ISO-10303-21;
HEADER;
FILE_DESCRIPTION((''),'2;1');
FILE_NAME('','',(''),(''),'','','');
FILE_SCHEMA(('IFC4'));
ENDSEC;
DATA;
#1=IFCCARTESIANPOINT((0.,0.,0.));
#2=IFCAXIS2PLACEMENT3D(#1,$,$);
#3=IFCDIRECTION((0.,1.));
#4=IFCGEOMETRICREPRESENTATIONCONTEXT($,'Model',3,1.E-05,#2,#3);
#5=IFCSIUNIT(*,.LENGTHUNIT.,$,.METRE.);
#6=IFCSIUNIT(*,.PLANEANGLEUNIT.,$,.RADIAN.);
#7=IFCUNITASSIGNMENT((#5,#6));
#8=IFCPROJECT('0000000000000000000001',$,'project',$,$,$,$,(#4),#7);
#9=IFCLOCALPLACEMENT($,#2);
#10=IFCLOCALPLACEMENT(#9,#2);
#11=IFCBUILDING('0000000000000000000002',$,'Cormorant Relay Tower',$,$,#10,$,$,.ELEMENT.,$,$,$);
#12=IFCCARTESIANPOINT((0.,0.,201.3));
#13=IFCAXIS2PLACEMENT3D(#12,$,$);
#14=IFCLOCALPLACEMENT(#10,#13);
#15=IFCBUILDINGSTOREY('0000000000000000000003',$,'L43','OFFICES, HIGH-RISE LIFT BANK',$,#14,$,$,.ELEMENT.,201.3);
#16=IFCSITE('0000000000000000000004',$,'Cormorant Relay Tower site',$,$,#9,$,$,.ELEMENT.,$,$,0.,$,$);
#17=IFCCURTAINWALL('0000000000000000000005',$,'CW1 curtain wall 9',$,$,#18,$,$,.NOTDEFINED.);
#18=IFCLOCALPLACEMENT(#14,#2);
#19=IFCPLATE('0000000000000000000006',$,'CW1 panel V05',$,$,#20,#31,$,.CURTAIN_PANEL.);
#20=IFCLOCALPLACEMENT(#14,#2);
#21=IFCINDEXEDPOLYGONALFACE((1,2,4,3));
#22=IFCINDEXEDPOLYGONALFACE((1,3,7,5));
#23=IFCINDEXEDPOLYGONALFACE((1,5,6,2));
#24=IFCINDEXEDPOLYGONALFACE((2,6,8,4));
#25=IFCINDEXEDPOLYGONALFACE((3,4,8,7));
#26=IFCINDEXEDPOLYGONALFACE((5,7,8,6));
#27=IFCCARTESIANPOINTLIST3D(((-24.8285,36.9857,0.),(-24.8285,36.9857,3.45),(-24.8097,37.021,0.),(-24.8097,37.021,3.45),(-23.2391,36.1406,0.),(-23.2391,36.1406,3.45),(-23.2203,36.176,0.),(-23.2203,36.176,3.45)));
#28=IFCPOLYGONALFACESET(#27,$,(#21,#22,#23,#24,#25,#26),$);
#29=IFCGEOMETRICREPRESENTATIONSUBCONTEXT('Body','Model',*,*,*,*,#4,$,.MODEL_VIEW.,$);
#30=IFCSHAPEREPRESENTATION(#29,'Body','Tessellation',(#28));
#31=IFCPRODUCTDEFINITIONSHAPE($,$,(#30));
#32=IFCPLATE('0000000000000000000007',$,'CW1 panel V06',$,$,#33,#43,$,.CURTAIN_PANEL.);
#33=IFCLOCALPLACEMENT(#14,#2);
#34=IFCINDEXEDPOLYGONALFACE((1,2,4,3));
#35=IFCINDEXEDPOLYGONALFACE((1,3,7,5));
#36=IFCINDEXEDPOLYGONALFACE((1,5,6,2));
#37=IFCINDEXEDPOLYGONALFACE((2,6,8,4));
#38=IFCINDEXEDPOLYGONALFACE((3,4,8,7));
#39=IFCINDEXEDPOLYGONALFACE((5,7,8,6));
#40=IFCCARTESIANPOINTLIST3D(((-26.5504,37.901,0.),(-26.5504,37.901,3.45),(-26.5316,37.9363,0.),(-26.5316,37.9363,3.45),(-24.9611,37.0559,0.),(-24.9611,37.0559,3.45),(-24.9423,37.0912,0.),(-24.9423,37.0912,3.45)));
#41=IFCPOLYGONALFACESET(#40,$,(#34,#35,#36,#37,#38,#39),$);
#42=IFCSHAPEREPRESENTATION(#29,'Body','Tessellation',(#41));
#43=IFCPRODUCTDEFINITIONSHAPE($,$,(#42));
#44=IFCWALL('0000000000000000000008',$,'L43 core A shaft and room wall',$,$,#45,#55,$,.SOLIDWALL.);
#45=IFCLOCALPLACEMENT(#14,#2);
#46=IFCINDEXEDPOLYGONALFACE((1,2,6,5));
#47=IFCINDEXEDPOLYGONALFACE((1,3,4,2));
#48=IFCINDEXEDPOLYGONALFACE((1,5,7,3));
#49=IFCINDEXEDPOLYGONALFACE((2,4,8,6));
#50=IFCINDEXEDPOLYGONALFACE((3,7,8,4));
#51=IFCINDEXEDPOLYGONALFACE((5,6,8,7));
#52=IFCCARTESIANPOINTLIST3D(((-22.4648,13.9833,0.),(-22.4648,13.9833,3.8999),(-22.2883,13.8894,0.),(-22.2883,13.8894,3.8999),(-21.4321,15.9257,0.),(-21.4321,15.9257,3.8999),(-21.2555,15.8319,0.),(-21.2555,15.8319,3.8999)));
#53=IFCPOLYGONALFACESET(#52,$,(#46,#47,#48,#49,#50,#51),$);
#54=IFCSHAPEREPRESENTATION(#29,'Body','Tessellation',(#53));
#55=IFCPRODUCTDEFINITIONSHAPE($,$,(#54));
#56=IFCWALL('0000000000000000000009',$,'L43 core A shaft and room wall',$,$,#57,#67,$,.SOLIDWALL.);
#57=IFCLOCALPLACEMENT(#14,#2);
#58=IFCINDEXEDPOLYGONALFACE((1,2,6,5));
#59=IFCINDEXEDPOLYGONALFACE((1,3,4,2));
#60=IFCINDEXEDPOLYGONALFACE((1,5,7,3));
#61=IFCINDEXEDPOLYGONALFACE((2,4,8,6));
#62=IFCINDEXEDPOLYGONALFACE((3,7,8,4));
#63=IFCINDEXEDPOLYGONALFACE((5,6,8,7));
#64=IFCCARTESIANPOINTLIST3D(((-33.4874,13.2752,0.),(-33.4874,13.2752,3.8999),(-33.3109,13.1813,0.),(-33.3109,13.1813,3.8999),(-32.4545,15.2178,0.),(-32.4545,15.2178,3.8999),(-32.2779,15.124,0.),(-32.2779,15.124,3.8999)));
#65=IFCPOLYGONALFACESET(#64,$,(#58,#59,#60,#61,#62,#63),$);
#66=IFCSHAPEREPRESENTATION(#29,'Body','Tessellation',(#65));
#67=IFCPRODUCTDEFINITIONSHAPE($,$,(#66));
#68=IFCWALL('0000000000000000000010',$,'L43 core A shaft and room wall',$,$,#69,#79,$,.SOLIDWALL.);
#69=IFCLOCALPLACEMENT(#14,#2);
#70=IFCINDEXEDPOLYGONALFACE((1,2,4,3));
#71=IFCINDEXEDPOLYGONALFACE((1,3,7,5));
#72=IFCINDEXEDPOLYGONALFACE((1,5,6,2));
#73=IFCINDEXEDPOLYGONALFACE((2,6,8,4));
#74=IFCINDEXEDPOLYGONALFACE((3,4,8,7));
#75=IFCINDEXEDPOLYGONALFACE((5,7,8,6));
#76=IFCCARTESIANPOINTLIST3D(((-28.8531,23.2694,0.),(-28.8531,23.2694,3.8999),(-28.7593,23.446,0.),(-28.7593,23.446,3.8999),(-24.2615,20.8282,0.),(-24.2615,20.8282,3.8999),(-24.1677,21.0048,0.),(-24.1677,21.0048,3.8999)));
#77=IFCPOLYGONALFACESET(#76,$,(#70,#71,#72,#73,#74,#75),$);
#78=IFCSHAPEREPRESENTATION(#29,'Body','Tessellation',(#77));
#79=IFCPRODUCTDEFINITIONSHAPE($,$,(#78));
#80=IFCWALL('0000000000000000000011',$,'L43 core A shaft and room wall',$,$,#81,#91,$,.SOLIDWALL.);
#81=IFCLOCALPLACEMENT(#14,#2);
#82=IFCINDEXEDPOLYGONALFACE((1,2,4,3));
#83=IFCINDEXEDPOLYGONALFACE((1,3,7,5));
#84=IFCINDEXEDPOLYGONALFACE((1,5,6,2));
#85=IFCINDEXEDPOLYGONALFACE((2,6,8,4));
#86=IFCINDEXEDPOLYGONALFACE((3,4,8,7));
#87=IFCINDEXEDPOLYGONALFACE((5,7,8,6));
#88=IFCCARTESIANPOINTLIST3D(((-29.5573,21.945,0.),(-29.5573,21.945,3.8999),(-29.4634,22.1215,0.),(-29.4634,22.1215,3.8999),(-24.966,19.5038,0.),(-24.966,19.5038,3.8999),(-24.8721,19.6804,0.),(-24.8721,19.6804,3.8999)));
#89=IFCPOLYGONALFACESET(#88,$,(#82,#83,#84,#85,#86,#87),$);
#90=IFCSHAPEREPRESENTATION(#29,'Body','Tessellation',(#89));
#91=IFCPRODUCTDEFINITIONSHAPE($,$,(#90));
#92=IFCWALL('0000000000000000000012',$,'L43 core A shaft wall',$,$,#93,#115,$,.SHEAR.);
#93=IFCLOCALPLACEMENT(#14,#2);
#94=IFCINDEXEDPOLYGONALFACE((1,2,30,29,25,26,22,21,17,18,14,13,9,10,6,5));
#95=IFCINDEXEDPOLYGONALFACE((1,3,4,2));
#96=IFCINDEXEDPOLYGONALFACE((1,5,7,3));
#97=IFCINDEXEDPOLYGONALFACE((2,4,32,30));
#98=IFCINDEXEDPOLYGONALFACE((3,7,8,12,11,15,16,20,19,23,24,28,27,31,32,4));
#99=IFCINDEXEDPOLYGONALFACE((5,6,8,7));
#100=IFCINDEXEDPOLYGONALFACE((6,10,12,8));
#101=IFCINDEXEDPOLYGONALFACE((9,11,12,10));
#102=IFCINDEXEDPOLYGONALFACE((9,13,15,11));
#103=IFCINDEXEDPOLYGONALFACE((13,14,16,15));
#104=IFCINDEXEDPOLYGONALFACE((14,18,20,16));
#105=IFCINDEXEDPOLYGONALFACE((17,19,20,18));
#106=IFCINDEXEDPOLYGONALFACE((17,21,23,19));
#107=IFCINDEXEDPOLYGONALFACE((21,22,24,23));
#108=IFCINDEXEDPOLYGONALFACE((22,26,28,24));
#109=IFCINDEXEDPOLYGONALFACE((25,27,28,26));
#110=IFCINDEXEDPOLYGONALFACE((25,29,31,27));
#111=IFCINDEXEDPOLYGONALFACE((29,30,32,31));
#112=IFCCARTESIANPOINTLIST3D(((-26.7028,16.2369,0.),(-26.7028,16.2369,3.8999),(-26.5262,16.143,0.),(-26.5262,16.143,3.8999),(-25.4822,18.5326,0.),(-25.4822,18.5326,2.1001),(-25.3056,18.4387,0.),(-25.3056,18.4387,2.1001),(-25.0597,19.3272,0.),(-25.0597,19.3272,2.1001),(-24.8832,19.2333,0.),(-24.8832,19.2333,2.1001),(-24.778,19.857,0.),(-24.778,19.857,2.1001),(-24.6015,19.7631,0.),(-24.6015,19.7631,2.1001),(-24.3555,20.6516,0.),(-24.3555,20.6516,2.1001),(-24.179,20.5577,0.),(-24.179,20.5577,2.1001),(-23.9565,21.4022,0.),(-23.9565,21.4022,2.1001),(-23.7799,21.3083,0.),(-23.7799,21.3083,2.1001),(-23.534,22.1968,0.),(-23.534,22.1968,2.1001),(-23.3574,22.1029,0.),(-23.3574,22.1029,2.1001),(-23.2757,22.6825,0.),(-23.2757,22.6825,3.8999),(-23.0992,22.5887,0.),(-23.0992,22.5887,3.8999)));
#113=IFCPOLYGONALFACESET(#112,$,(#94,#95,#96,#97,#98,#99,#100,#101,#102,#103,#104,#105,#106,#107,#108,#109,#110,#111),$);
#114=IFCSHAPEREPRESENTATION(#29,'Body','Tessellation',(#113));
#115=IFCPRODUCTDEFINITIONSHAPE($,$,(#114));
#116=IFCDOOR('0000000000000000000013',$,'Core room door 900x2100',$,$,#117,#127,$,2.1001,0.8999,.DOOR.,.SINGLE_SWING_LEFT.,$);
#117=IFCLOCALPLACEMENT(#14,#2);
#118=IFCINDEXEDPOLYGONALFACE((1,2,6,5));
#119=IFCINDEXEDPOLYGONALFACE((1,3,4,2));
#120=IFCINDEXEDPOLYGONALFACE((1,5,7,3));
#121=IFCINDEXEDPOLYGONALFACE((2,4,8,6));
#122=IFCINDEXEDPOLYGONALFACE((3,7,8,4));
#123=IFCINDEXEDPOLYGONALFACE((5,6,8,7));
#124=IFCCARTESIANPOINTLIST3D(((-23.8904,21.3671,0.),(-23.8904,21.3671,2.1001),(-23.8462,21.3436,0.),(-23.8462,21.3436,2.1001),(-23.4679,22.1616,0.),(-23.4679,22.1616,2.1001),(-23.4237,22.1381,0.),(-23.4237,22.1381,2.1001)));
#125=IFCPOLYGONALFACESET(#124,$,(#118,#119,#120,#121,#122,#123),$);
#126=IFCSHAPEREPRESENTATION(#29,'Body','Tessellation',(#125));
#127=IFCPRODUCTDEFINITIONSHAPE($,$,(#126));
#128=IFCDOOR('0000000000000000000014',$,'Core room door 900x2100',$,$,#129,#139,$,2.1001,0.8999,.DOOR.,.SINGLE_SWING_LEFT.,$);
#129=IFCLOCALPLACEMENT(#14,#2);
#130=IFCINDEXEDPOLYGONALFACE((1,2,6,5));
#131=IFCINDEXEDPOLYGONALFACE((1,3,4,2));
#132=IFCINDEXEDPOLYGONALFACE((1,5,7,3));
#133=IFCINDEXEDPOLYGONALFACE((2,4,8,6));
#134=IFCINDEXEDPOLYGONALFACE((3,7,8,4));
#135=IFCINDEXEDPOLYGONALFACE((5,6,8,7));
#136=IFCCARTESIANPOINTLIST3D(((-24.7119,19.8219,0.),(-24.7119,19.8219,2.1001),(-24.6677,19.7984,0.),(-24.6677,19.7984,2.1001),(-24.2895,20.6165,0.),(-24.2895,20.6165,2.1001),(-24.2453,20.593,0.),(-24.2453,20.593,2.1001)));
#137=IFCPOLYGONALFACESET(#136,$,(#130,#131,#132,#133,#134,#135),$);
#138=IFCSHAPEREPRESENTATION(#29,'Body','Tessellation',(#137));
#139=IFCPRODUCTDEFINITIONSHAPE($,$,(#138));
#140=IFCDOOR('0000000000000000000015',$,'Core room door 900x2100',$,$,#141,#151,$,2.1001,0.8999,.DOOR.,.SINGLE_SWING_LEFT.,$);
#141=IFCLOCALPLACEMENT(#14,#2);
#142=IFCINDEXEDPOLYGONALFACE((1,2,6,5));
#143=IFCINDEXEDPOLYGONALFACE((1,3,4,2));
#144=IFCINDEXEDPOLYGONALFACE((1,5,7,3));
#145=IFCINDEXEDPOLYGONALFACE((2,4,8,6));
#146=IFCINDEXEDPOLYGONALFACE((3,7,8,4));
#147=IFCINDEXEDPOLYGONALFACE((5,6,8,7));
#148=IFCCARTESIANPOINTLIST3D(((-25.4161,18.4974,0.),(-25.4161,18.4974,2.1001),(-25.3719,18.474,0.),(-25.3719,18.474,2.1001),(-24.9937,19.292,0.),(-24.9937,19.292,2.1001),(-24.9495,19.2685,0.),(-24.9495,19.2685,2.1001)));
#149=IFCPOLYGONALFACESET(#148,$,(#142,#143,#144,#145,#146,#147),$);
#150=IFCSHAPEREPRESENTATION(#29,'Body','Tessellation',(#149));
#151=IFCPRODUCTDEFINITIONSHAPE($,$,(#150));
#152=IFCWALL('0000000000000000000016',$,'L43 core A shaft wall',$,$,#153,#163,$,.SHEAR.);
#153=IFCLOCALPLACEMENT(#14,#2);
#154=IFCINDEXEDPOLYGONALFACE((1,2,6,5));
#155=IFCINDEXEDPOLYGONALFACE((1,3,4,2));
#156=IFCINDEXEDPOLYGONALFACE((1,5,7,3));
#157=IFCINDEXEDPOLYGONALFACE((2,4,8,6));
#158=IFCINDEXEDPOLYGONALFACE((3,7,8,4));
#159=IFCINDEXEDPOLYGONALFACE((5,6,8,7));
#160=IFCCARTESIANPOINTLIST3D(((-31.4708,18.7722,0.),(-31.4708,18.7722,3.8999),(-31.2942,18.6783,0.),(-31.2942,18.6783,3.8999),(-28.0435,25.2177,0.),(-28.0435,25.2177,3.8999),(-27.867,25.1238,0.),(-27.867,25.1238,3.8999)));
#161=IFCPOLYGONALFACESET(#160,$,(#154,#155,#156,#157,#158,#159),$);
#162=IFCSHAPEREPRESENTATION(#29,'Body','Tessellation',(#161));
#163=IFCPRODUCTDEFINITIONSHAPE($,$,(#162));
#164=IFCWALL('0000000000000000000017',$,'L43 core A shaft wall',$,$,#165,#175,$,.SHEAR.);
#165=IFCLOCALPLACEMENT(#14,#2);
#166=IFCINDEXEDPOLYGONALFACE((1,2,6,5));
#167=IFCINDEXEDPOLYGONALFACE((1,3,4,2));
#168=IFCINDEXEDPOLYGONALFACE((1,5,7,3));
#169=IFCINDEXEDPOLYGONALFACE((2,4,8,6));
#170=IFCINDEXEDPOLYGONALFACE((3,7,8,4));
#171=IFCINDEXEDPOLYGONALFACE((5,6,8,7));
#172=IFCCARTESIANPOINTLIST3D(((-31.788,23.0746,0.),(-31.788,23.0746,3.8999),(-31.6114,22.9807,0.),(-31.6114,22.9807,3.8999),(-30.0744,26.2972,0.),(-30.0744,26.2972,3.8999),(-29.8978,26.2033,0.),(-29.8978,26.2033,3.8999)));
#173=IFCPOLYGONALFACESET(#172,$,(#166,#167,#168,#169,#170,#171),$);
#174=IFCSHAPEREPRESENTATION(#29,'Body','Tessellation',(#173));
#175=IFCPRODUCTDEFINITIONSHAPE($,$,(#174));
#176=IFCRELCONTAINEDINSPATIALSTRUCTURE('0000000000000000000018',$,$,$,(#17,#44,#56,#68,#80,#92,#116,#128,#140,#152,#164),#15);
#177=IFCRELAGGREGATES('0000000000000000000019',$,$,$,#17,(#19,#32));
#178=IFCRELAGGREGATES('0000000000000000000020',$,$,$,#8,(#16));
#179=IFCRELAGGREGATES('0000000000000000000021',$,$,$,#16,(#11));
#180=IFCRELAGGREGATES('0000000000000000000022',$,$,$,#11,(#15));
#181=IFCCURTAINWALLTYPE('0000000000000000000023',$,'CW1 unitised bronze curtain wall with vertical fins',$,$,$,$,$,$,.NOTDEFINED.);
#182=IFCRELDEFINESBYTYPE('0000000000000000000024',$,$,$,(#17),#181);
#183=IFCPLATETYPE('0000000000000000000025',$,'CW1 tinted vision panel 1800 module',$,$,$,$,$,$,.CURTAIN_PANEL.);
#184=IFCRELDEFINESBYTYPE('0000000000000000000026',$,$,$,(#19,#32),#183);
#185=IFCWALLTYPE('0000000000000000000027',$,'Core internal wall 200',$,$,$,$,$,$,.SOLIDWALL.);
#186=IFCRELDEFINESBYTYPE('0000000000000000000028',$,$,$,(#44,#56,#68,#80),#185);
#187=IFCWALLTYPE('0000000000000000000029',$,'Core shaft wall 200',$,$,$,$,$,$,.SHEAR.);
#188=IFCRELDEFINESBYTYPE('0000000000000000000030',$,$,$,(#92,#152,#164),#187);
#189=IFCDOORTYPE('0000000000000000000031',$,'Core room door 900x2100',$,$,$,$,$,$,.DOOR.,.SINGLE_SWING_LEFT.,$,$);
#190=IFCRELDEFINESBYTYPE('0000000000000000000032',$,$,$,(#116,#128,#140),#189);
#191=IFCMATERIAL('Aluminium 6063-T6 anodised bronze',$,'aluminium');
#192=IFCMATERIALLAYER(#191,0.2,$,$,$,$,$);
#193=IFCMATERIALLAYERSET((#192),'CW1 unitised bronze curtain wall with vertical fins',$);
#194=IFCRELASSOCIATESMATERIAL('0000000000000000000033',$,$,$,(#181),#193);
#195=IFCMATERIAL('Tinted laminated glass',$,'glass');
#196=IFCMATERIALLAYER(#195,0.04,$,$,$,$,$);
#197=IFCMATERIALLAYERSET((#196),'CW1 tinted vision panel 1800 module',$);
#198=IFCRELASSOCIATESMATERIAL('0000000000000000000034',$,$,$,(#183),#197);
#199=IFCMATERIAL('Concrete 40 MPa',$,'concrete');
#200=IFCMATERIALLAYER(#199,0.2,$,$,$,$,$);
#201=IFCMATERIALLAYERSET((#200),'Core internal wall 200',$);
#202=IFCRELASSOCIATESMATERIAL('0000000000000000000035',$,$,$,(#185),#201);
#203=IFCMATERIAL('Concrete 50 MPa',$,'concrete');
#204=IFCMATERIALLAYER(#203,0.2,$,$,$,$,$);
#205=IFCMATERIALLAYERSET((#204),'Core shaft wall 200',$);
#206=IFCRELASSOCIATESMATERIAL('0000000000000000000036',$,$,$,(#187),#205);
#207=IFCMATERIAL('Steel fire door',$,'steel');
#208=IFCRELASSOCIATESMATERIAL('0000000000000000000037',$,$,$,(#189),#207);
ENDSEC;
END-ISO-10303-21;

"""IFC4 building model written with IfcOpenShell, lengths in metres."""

from ifc_helpers import new_model, si_unit, direction, frame, frame_2d, origin, origin_2d, place, context, subcontext, project, spatial, rectangle, extrude, material, layer, layer_set, type_object, element, fill, aggregate, save


model = new_model("IFC4")

# Units and contexts
model_context = context("Model", 3, precision=1e-05, world=origin(), true_north=direction((0.0, 1.0)))
body_context = subcontext(model_context, "Body", "Model", "MODEL_VIEW")
ifc_project = project(units=[si_unit("LENGTHUNIT", "METRE"), si_unit("PLANEANGLEUNIT", "RADIAN")], contexts=[model_context])

# Site, building, storey
site_placement = place(None, origin())
site = spatial("IfcSite", under=ifc_project, at=site_placement, Name="Cormorant Relay Tower site", CompositionType="ELEMENT", RefElevation=0.0)
building_placement = place(site_placement, origin())
building = spatial("IfcBuilding", under=site, at=building_placement, Name="Cormorant Relay Tower", CompositionType="ELEMENT")
storey_placement = place(building_placement, frame((0.0, 0.0, 201.3)))
storey = spatial("IfcBuildingStorey", under=building, at=storey_placement, Name="L43", Description="OFFICES, HIGH-RISE LIFT BANK", CompositionType="ELEMENT", Elevation=201.3)

# Curtain wall
ifc_material_1 = material(Name="Aluminium 6063-T6 anodised bronze", Category="aluminium")
ifc_layer_1 = layer(ifc_material_1, 0.2)
ifc_layer_set_1 = layer_set([ifc_layer_1], Name="CW1 unitised bronze curtain wall with vertical fins")
curtain_wall_type = type_object("IfcCurtainWallType", Name="CW1 unitised bronze curtain wall with vertical fins", PredefinedType="NOTDEFINED", material=ifc_layer_set_1)
curtain_wall_1_placement = place(storey_placement, origin())
curtain_wall_1 = element("IfcCurtainWall", 1, at=curtain_wall_1_placement, inside=storey, type_object=curtain_wall_type, Name="CW1 curtain wall 9", PredefinedType="NOTDEFINED")

# Plates
ifc_material_2 = material(Name="Tinted laminated glass", Category="glass")
ifc_layer_2 = layer(ifc_material_2, 0.04)
ifc_layer_set_2 = layer_set([ifc_layer_2], Name="CW1 tinted vision panel 1800 module")
plate_type = type_object("IfcPlateType", Name="CW1 tinted vision panel 1800 module", PredefinedType="CURTAIN_PANEL", material=ifc_layer_set_2)
plate_1_placement = place(storey_placement, frame((-24.0244, 36.5808, 0.0), z_axis=(0.0, 0.0, 1.0), x_axis=(-0.882948, 0.469472, 0.0)))
plate_1 = element("IfcPlate", 2, at=plate_1_placement, type_object=plate_type, Name="CW1 panel V05", PredefinedType="CURTAIN_PANEL", context=body_context, shape_type="SweptSolid", body=[
    extrude(rectangle(XDim=1.8, YDim=0.04, at=origin_2d()), origin(), (0.0, 0.0, 1.0), 3.45),
])
plate_2_placement = place(storey_placement, frame((-25.7463, 37.4961, 0.0), z_axis=(0.0, 0.0, 1.0), x_axis=(-0.882948, 0.469472, 0.0)))
plate_2 = element("IfcPlate", 3, at=plate_2_placement, type_object=plate_type, Name="CW1 panel V06", PredefinedType="CURTAIN_PANEL", context=body_context, shape_type="SweptSolid", body=[
    extrude(rectangle(XDim=1.8, YDim=0.04, at=origin_2d()), origin(), (0.0, 0.0, 1.0), 3.45),
])

# Walls
ifc_material_3 = material(Name="Concrete 40 MPa", Category="concrete")
ifc_layer_3 = layer(ifc_material_3, 0.2)
ifc_layer_set_3 = layer_set([ifc_layer_3], Name="Core internal wall 200")
wall_type_1 = type_object("IfcWallType", Name="Core internal wall 200", PredefinedType="SOLIDWALL", material=ifc_layer_set_3)
wall_1_placement = place(storey_placement, frame((-21.3438, 15.8789, 0.0), z_axis=(0.0, 0.0, 1.0), x_axis=(-0.469447, -0.88296, 0.0)))
element("IfcWall", 4, at=wall_1_placement, inside=storey, type_object=wall_type_1, Name="L43 core A shaft and room wall", PredefinedType="SOLIDWALL", context=body_context, shape_type="SweptSolid", body=[
    extrude(rectangle(XDim=2.2, YDim=0.2, at=frame_2d((1.1001, 0.0))), origin(), (0.0, 0.0, 1.0), 3.8999),
])
wall_2_placement = place(storey_placement, frame((-32.3662, 15.1709, 0.0), z_axis=(0.0, 0.0, 1.0), x_axis=(-0.469488, -0.882939, 0.0)))
element("IfcWall", 5, at=wall_2_placement, inside=storey, type_object=wall_type_1, Name="L43 core A shaft and room wall", PredefinedType="SOLIDWALL", context=body_context, shape_type="SweptSolid", body=[
    extrude(rectangle(XDim=2.2002, YDim=0.2, at=frame_2d((1.1001, 0.0))), origin(), (0.0, 0.0, 1.0), 3.8999),
])
wall_3_placement = place(storey_placement, frame((-24.2146, 20.9165, 0.0), z_axis=(0.0, 0.0, 1.0), x_axis=(-0.882964, 0.46944, 0.0)))
element("IfcWall", 6, at=wall_3_placement, inside=storey, type_object=wall_type_1, Name="L43 core A shaft and room wall", PredefinedType="SOLIDWALL", context=body_context, shape_type="SweptSolid", body=[
    extrude(rectangle(XDim=5.2002, YDim=0.2, at=frame_2d((2.6001, 0.0))), origin(), (0.0, 0.0, 1.0), 3.8999),
])
wall_4_placement = place(storey_placement, frame((-24.9189, 19.592, 0.0), z_axis=(0.0, 0.0, 1.0), x_axis=(-0.882954, 0.46946, 0.0)))
element("IfcWall", 7, at=wall_4_placement, inside=storey, type_object=wall_type_1, Name="L43 core A shaft and room wall", PredefinedType="SOLIDWALL", context=body_context, shape_type="SweptSolid", body=[
    extrude(rectangle(XDim=5.2, YDim=0.2, at=frame_2d((2.6001, 0.0))), origin(), (0.0, 0.0, 1.0), 3.8999),
])

# Wall, openings, doors
ifc_material_4 = material(Name="Concrete 50 MPa", Category="concrete")
ifc_layer_4 = layer(ifc_material_4, 0.2)
ifc_layer_set_4 = layer_set([ifc_layer_4], Name="Core shaft wall 200")
wall_type_2 = type_object("IfcWallType", Name="Core shaft wall 200", PredefinedType="SHEAR", material=ifc_layer_set_4)
wall_5_placement = place(storey_placement, frame((-23.1875, 22.6355, 0.0), z_axis=(0.0, 0.0, 1.0), x_axis=(-0.469454, -0.882957, 0.0)))
wall_5 = element("IfcWall", 8, at=wall_5_placement, inside=storey, type_object=wall_type_2, Name="L43 core A shaft wall", PredefinedType="SHEAR", context=body_context, shape_type="SweptSolid", body=[
    extrude(rectangle(XDim=7.3, YDim=0.2, at=frame_2d((3.6499, 0.0))), origin(), (0.0, 0.0, 1.0), 3.8999),
])
opening_1_placement = place(wall_5_placement, frame((0.55, 0.0, 0.0)))
opening_1 = element("IfcOpeningElement", 9, at=opening_1_placement, cuts=wall_5, PredefinedType="OPENING", context=body_context, shape_type="SweptSolid", body=[
    extrude(rectangle(XDim=0.8999, YDim=2.1001, at=frame_2d((0.45, 1.05))), frame((0.0, 0.1099, 0.0), z_axis=(0.0, -1.0, 0.0), x_axis=(1.0, 0.0, 0.0)), (0.0, 0.0, 1.0), 0.22),
])
opening_2_placement = place(wall_5_placement, frame((2.3, 0.0, 0.0)))
opening_2 = element("IfcOpeningElement", 10, at=opening_2_placement, cuts=wall_5, PredefinedType="OPENING", context=body_context, shape_type="SweptSolid", body=[
    extrude(rectangle(XDim=0.8999, YDim=2.1001, at=frame_2d((0.45, 1.05))), frame((0.0, 0.1099, 0.0), z_axis=(0.0, -1.0, 0.0), x_axis=(1.0, 0.0, 0.0)), (0.0, 0.0, 1.0), 0.22),
])
opening_3_placement = place(wall_5_placement, frame((3.8, 0.0, 0.0)))
opening_3 = element("IfcOpeningElement", 11, at=opening_3_placement, cuts=wall_5, PredefinedType="OPENING", context=body_context, shape_type="SweptSolid", body=[
    extrude(rectangle(XDim=0.8999, YDim=2.1001, at=frame_2d((0.45, 1.05))), frame((0.0, 0.1099, 0.0), z_axis=(0.0, -1.0, 0.0), x_axis=(1.0, 0.0, 0.0)), (0.0, 0.0, 1.0), 0.22),
])
ifc_material_5 = material(Name="Steel fire door", Category="steel")
door_type_1 = type_object("IfcDoorType", Name="Core room door 900x2100", OperationType="SINGLE_SWING_LEFT", PredefinedType="DOOR", material=ifc_material_5)
door_1_placement = place(opening_1_placement, origin())
door_1 = element("IfcDoor", 12, at=door_1_placement, inside=storey, type_object=door_type_1, Name="Core room door 900x2100", OperationType="SINGLE_SWING_LEFT", OverallHeight=2.1001, OverallWidth=0.8999, PredefinedType="DOOR", context=body_context, shape_type="SweptSolid", body=[
    extrude(rectangle(XDim=0.8999, YDim=2.1001, at=frame_2d((0.45, 1.05))), frame((0.0, 0.0249, 0.0), z_axis=(0.0, -1.0, 0.0), x_axis=(1.0, 0.0, 0.0)), (0.0, 0.0, 1.0), 0.05),
])
fill(opening_1, door_1)
door_2_placement = place(opening_2_placement, origin())
door_2 = element("IfcDoor", 13, at=door_2_placement, inside=storey, type_object=door_type_1, Name="Core room door 900x2100", OperationType="SINGLE_SWING_LEFT", OverallHeight=2.1001, OverallWidth=0.8999, PredefinedType="DOOR", context=body_context, shape_type="SweptSolid", body=[
    extrude(rectangle(XDim=0.8999, YDim=2.1001, at=frame_2d((0.45, 1.05))), frame((0.0, 0.0249, 0.0), z_axis=(0.0, -1.0, 0.0), x_axis=(1.0, 0.0, 0.0)), (0.0, 0.0, 1.0), 0.05),
])
fill(opening_2, door_2)
door_3_placement = place(opening_3_placement, origin())
door_3 = element("IfcDoor", 14, at=door_3_placement, inside=storey, type_object=door_type_1, Name="Core room door 900x2100", OperationType="SINGLE_SWING_LEFT", OverallHeight=2.1001, OverallWidth=0.8999, PredefinedType="DOOR", context=body_context, shape_type="SweptSolid", body=[
    extrude(rectangle(XDim=0.8999, YDim=2.1001, at=frame_2d((0.45, 1.05))), frame((0.0, 0.0249, 0.0), z_axis=(0.0, -1.0, 0.0), x_axis=(1.0, 0.0, 0.0)), (0.0, 0.0, 1.0), 0.05),
])
fill(opening_3, door_3)

# Walls
wall_6_placement = place(storey_placement, frame((-27.9553, 25.1707, 0.0), z_axis=(0.0, 0.0, 1.0), x_axis=(-0.46948, -0.882943, 0.0)))
element("IfcWall", 15, at=wall_6_placement, inside=storey, type_object=wall_type_2, Name="L43 core A shaft wall", PredefinedType="SHEAR", context=body_context, shape_type="SweptSolid", body=[
    extrude(rectangle(XDim=7.3, YDim=0.2, at=frame_2d((3.6499, 0.0))), origin(), (0.0, 0.0, 1.0), 3.8999),
])
wall_7_placement = place(storey_placement, frame((-29.9861, 26.2502, 0.0), z_axis=(0.0, 0.0, 1.0), x_axis=(-0.469494, -0.882936, 0.0)))
element("IfcWall", 16, at=wall_7_placement, inside=storey, type_object=wall_type_2, Name="L43 core A shaft wall", PredefinedType="SHEAR", context=body_context, shape_type="SweptSolid", body=[
    extrude(rectangle(XDim=3.6499, YDim=0.2, at=frame_2d((1.825, 0.0))), origin(), (0.0, 0.0, 1.0), 3.8999),
])

aggregate(curtain_wall_1, [plate_1, plate_2])

save(model, "model.ifc")
